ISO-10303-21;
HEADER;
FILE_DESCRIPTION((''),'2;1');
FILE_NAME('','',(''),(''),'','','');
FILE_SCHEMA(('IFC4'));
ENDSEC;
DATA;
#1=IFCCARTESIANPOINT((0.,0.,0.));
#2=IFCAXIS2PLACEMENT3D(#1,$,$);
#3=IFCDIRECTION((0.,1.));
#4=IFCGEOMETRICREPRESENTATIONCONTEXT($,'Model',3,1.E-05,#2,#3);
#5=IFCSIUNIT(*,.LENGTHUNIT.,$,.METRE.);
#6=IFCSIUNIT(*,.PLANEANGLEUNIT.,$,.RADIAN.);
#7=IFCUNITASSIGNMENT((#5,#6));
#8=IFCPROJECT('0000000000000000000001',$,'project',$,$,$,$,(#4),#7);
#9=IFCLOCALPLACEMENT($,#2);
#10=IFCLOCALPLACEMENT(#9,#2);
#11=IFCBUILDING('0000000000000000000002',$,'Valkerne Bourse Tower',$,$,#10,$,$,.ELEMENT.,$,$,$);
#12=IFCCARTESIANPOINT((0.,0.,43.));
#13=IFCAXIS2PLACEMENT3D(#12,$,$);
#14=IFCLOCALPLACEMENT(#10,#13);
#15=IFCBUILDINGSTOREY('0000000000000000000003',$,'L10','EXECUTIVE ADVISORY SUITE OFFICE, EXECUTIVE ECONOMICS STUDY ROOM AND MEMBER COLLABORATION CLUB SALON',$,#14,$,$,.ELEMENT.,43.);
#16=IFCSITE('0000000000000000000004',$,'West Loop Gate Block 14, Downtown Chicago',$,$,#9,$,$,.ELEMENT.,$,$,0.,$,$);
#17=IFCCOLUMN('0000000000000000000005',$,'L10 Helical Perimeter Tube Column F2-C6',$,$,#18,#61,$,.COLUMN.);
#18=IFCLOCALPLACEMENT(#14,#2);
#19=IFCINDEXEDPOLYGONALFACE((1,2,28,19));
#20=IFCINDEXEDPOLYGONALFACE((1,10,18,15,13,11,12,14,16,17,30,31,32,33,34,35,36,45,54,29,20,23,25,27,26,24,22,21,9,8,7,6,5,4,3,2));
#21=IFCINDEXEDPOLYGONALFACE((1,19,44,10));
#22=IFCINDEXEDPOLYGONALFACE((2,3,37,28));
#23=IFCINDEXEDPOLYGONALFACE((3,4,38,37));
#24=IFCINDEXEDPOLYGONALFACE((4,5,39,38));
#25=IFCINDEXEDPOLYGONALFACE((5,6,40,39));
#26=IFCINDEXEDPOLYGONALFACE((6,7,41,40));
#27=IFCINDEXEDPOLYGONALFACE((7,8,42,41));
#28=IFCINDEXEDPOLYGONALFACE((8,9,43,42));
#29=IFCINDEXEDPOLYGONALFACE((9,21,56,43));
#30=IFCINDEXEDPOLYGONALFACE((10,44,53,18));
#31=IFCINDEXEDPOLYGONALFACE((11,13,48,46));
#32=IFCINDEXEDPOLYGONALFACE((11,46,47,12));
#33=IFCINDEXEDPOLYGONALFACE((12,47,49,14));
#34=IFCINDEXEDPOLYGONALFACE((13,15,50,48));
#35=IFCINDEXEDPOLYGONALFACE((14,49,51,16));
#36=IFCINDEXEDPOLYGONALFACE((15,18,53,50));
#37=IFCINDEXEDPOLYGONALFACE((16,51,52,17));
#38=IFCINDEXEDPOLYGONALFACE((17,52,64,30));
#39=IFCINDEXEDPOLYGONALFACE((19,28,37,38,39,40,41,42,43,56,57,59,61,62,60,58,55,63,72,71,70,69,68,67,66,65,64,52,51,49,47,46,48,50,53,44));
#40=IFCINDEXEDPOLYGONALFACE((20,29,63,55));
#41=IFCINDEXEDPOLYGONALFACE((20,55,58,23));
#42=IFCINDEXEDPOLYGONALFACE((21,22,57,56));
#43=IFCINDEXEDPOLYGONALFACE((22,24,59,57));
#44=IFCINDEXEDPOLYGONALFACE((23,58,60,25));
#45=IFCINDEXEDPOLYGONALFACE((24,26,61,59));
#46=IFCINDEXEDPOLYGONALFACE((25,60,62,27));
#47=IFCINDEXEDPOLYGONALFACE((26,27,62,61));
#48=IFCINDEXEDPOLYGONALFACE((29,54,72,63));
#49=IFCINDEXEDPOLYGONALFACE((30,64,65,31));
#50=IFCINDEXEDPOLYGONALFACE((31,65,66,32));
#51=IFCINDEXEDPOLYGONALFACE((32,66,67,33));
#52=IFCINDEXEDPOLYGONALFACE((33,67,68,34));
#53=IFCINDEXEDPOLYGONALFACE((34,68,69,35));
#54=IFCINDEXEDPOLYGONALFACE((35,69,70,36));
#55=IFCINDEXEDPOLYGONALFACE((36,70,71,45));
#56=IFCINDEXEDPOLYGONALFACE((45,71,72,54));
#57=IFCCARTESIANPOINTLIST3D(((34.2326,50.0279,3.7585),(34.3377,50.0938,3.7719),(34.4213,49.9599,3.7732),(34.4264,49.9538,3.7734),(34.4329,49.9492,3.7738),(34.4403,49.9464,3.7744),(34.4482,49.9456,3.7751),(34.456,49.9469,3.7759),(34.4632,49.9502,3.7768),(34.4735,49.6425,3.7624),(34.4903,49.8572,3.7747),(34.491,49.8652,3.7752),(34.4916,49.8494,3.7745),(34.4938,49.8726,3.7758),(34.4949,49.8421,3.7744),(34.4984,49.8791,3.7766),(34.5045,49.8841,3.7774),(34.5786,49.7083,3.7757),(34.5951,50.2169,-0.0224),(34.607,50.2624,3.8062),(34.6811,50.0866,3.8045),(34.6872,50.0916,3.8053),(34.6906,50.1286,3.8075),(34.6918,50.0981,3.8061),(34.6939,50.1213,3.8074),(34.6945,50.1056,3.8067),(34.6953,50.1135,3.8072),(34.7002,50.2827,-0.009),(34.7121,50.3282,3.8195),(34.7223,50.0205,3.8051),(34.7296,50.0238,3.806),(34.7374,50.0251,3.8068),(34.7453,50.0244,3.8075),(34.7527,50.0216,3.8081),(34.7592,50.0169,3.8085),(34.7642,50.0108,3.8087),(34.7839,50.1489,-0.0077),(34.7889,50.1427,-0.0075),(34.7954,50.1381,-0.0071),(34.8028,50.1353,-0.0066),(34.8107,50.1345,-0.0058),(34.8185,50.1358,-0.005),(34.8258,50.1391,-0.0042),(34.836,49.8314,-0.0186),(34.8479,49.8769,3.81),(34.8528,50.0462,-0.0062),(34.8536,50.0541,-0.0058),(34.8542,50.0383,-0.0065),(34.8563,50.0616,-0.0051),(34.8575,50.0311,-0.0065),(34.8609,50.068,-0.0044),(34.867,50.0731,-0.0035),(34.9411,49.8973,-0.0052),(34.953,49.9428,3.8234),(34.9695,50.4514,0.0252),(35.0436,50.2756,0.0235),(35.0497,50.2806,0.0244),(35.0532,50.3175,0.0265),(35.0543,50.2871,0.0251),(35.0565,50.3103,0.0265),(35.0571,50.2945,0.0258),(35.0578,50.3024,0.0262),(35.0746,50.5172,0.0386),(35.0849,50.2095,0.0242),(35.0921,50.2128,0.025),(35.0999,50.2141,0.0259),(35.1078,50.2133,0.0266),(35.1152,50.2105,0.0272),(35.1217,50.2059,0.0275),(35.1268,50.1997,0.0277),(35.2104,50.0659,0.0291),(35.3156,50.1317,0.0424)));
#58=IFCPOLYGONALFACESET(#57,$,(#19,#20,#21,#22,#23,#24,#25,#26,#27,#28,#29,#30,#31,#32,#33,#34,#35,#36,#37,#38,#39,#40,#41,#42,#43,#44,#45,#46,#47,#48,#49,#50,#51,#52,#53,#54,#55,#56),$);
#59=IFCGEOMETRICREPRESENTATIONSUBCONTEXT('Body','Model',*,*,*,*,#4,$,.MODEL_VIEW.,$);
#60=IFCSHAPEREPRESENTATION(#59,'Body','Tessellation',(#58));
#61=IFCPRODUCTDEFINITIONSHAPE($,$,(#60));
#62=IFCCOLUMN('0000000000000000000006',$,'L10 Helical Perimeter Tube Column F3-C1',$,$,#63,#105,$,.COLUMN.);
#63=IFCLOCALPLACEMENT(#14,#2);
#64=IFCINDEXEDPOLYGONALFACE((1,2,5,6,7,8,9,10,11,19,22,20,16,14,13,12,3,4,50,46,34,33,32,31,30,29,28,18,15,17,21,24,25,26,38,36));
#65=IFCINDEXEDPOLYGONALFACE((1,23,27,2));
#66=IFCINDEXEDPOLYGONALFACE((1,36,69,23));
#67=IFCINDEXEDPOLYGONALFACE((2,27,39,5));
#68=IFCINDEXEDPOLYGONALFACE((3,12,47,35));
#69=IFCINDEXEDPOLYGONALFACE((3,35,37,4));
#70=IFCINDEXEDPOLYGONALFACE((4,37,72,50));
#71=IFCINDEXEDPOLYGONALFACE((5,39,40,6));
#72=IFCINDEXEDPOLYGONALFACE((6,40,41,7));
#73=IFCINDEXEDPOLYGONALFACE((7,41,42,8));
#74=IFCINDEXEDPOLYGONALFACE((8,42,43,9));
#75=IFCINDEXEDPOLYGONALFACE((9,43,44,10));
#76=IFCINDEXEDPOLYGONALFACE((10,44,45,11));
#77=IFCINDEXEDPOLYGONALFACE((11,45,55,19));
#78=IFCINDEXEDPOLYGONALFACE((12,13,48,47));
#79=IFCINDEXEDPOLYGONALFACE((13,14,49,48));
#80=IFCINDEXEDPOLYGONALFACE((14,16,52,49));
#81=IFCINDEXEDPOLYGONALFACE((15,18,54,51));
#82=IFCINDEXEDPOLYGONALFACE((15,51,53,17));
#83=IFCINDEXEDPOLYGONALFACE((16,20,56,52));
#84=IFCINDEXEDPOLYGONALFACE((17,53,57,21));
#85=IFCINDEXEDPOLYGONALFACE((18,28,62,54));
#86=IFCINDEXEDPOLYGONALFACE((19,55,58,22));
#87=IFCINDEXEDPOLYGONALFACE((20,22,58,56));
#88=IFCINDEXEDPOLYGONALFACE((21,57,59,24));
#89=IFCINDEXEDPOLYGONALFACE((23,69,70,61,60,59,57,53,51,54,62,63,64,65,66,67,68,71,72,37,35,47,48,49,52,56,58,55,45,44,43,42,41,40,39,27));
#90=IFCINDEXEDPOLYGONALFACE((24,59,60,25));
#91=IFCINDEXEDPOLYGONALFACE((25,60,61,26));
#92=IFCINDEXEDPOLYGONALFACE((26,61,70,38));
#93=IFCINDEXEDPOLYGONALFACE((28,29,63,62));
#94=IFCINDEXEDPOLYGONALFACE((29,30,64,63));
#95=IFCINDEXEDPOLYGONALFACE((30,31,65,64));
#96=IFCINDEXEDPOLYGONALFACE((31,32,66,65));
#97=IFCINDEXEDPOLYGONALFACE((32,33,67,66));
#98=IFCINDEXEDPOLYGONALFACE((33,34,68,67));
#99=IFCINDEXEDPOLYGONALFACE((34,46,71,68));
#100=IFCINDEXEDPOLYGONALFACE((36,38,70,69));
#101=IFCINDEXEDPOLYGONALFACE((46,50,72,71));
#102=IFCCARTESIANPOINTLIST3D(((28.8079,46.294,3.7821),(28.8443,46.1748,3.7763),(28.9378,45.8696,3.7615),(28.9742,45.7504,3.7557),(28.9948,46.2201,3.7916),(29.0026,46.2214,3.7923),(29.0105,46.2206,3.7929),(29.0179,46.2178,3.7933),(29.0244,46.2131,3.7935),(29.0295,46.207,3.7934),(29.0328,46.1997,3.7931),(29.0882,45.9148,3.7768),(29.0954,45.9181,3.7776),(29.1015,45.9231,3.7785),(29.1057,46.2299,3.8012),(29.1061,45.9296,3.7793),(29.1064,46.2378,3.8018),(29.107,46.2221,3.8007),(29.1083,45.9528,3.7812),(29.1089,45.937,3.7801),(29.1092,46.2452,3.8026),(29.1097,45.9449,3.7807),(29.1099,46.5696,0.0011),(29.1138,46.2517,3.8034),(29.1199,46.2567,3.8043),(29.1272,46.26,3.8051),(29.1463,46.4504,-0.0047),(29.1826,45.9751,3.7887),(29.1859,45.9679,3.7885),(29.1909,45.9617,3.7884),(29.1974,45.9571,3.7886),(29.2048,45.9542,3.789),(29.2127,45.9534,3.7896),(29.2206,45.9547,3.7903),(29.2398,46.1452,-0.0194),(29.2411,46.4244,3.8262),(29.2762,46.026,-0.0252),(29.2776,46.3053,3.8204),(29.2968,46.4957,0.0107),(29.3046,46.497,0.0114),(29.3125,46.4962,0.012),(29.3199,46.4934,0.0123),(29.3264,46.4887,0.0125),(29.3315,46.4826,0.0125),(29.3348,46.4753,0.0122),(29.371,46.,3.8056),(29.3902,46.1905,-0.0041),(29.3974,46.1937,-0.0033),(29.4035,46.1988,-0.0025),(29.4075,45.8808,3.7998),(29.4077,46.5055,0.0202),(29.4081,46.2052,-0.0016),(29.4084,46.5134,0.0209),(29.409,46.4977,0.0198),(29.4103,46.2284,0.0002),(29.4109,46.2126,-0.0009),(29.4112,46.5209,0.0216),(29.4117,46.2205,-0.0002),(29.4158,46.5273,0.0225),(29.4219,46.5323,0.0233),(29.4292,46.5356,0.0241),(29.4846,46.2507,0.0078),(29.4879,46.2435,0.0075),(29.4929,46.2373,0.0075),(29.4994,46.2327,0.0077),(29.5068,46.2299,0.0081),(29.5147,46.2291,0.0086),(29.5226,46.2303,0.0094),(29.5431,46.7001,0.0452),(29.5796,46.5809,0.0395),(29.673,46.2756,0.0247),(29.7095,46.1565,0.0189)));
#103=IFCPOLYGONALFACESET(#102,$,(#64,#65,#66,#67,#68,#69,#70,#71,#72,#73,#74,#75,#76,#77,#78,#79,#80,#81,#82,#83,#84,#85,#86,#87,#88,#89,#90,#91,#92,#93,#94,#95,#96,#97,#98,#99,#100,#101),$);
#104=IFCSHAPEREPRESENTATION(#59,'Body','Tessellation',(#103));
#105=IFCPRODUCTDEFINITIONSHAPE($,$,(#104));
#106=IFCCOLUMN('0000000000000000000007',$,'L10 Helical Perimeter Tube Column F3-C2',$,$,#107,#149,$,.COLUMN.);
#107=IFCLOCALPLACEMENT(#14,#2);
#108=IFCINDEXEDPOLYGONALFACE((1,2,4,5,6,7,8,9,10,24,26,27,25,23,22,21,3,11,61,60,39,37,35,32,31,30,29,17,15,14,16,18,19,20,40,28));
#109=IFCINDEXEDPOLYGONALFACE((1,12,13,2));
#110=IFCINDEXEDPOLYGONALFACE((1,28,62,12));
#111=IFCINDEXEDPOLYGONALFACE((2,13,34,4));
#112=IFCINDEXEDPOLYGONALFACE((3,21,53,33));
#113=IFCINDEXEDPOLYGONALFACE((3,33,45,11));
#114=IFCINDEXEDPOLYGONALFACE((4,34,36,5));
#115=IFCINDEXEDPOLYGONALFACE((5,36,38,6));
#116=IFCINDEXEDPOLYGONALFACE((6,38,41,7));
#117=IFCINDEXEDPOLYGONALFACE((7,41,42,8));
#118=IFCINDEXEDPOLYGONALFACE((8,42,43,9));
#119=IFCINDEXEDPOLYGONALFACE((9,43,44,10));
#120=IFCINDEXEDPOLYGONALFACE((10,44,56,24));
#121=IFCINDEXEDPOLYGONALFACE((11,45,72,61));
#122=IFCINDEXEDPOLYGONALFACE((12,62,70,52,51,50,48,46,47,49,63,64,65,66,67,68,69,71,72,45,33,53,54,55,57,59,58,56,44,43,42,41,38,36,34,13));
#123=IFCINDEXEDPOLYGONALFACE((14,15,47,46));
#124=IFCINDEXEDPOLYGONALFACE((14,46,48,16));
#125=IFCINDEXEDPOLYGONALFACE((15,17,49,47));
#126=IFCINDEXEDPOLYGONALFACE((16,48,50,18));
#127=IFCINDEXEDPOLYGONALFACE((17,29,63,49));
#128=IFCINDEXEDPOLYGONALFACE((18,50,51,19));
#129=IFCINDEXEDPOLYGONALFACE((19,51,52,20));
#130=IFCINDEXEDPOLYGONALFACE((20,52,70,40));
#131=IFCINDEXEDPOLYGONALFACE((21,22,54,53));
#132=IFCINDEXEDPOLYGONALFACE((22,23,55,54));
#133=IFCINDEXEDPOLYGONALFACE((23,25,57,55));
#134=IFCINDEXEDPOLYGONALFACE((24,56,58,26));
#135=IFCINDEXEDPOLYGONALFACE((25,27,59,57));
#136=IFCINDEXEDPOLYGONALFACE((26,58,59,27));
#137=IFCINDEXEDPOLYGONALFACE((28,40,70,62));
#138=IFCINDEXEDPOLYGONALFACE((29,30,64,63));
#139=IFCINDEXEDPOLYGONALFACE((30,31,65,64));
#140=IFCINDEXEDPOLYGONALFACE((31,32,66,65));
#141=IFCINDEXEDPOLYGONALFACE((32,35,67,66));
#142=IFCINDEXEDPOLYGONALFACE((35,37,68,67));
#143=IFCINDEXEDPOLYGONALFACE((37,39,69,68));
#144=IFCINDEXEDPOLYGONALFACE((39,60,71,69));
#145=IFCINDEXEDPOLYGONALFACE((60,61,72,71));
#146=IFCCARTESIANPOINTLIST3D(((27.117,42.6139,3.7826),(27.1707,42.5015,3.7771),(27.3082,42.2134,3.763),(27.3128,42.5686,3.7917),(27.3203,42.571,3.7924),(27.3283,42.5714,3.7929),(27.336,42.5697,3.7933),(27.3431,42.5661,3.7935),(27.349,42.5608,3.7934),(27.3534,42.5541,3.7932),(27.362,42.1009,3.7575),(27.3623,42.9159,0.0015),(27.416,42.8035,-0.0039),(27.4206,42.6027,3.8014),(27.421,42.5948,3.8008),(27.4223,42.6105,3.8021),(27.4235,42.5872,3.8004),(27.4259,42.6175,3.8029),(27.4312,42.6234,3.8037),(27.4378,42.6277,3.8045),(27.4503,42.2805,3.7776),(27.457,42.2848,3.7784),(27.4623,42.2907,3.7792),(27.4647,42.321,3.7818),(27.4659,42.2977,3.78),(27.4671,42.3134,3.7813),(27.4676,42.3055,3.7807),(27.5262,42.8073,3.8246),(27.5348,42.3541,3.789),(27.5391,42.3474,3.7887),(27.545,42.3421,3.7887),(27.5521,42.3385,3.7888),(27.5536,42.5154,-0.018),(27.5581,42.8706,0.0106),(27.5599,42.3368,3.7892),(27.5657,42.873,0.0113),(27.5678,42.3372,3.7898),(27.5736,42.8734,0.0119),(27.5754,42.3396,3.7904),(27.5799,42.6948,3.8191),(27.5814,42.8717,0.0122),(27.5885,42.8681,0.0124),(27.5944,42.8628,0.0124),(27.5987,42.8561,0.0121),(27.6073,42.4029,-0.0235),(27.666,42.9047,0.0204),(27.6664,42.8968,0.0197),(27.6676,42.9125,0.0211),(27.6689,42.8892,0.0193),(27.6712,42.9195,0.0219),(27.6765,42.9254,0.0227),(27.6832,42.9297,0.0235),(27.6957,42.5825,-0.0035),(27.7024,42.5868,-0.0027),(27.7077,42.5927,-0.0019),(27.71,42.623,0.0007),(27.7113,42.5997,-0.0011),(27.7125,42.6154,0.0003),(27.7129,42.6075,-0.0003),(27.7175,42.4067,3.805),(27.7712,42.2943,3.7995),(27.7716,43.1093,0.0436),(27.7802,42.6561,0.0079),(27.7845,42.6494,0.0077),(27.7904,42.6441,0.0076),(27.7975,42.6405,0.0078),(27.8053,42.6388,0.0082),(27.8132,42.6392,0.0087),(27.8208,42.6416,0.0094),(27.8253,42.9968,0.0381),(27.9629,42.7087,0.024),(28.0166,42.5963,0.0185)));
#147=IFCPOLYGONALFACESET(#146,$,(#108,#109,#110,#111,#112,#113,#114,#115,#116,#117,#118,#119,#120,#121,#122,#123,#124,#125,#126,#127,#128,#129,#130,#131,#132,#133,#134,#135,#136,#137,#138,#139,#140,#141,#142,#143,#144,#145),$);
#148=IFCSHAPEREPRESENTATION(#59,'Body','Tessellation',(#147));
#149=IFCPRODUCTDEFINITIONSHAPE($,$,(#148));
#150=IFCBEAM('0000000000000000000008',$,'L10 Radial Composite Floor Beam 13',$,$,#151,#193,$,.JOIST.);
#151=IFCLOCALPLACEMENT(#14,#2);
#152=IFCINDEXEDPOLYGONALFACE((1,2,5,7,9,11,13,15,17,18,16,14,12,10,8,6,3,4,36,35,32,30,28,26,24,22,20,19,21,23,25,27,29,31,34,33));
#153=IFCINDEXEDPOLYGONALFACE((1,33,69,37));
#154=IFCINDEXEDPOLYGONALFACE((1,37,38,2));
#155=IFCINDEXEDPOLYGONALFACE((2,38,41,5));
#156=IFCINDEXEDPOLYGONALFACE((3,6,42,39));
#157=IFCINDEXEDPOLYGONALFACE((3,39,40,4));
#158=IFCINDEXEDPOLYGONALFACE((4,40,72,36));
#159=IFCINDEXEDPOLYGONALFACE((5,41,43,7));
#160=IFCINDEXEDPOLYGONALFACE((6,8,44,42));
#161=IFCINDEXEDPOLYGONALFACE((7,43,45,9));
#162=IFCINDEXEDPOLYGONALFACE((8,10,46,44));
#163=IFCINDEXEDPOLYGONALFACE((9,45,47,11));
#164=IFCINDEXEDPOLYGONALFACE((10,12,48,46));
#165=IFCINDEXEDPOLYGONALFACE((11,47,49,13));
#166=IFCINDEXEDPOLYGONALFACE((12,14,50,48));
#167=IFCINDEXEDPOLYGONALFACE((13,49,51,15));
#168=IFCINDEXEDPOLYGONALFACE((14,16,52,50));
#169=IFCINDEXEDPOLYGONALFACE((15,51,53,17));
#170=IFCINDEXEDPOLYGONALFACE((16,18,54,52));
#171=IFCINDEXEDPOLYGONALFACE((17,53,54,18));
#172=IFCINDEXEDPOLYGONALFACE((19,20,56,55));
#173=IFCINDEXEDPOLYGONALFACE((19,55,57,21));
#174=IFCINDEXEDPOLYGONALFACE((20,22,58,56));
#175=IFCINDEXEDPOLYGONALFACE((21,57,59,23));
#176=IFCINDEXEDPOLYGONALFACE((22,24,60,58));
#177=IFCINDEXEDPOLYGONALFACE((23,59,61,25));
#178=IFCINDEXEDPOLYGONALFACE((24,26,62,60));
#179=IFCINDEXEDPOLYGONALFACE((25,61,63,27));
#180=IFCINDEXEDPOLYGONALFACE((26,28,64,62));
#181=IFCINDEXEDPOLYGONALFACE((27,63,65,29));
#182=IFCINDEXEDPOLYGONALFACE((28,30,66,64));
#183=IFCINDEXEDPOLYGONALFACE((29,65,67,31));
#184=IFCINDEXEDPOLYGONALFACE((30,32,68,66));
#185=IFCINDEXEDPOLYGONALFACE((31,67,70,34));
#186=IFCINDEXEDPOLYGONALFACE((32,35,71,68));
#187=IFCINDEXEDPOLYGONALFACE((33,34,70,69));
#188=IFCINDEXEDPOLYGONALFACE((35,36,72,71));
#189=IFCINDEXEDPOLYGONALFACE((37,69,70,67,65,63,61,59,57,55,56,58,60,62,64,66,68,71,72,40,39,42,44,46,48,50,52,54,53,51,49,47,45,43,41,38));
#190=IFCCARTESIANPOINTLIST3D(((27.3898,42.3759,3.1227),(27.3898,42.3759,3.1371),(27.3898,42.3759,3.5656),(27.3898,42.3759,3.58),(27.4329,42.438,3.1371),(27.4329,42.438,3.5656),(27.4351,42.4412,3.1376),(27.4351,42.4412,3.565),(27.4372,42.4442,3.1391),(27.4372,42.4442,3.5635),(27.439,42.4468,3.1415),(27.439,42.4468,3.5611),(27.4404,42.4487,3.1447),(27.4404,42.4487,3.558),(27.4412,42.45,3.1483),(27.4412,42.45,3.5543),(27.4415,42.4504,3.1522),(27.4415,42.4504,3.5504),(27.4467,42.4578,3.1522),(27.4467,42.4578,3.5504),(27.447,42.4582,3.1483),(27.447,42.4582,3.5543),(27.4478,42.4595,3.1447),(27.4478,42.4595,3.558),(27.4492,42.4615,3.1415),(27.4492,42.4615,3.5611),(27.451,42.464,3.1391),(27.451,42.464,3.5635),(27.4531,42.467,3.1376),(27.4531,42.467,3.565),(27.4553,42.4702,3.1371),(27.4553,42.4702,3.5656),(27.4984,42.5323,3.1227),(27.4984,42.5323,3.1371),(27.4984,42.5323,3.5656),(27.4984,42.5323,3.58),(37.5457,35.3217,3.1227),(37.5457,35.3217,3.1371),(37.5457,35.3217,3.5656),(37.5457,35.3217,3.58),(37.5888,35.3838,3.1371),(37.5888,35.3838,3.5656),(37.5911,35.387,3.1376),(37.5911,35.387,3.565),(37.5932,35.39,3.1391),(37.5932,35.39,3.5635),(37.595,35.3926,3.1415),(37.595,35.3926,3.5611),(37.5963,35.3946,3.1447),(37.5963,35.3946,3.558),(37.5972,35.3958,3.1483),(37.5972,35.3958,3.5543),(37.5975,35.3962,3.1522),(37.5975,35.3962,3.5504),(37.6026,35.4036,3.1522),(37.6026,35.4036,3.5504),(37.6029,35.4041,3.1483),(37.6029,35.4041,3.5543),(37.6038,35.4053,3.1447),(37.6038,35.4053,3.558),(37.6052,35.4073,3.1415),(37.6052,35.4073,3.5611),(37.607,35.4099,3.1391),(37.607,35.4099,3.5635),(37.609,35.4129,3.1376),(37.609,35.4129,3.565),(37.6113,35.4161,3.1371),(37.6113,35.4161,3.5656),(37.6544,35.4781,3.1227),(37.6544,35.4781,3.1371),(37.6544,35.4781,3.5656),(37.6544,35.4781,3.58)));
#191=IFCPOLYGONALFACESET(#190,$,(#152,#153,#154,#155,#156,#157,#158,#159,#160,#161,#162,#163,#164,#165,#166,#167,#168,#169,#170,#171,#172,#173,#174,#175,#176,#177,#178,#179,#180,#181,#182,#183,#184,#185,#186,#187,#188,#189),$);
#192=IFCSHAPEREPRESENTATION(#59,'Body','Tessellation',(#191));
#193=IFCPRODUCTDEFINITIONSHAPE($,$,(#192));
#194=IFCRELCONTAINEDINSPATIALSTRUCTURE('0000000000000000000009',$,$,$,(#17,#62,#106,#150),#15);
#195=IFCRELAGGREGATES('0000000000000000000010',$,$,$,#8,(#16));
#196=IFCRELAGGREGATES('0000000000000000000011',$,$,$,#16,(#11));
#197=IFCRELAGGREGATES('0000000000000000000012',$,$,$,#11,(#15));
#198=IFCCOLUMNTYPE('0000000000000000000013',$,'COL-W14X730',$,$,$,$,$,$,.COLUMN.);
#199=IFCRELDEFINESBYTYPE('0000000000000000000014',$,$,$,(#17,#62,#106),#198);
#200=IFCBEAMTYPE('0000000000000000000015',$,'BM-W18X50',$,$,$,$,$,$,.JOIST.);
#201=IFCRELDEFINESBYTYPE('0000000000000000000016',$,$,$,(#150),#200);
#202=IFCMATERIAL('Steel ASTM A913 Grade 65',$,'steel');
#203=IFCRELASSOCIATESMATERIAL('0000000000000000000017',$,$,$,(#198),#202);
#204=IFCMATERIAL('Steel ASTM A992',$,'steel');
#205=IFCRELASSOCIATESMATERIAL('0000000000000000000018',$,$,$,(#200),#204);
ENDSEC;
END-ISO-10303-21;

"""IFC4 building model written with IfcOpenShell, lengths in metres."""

from ifc_helpers import new_model, si_unit, direction, frame, origin, origin_2d, place, context, subcontext, project, spatial, i_section, extrude, material, material_profile, profile_set, type_object, element, save


model = new_model("IFC4")

# Units and contexts
model_context = context("Model", 3, precision=1e-05, world=origin(), true_north=direction((0.0, 1.0)))
body_context = subcontext(model_context, "Body", "Model", "MODEL_VIEW")
ifc_project = project(units=[si_unit("LENGTHUNIT", "METRE"), si_unit("PLANEANGLEUNIT", "RADIAN")], contexts=[model_context])

# Site, building, storey
site_placement = place(None, origin())
site = spatial("IfcSite", under=ifc_project, at=site_placement, Name="West Loop Gate Block 14, Downtown Chicago", CompositionType="ELEMENT", RefElevation=0.0)
building_placement = place(site_placement, origin())
building = spatial("IfcBuilding", under=site, at=building_placement, Name="Valkerne Bourse Tower", CompositionType="ELEMENT")
storey_placement = place(building_placement, frame((0.0, 0.0, 43.0)))
storey = spatial("IfcBuildingStorey", under=building, at=storey_placement, Name="L10", Description="EXECUTIVE ADVISORY SUITE OFFICE, EXECUTIVE ECONOMICS STUDY ROOM AND MEMBER COLLABORATION CLUB SALON", CompositionType="ELEMENT", Elevation=43.0)

# Columns
ifc_material_1 = material(Name="Steel ASTM A913 Grade 65", Category="steel")
ifc_material_profile_1 = material_profile(ifc_material_1, i_section(OverallWidth=0.4546, OverallDepth=0.5691, WebThickness=0.0779, FlangeThickness=0.1248, FilletRadius=0.0305, at=origin_2d()), Name="W14X730")
ifc_profile_set_1 = profile_set([ifc_material_profile_1], Name="Steel ASTM A913 Grade 65")
column_type = type_object("IfcColumnType", Name="COL-W14X730", PredefinedType="COLUMN", material=ifc_profile_set_1)
for number, where, z_axis, x_axis, name in (
    (1, (34.9553, 50.1743, 0.01), (-0.095331, -0.049688, 0.994205), (-0.529946, 0.847989, -0.008435), "L10 Helical Perimeter Tube Column F2-C6"),
    (2, (29.4097, 46.363, 0.01), (-0.07941, -0.072477, 0.994204), (-0.953018, -0.286949, -0.097039), "L10 Helical Perimeter Tube Column F3-C1"),
):
    element("IfcColumn", number, at=place(storey_placement, frame(where, z_axis=z_axis, x_axis=x_axis)), inside=storey, type_object=column_type, Name=name, PredefinedType="COLUMN", context=body_context, shape_type="SweptSolid", body=[
        extrude(i_section(OverallWidth=0.4546, OverallDepth=0.5691, WebThickness=0.0779, FlangeThickness=0.1248, FilletRadius=0.0305, at=origin_2d()), origin(), (0.0, 0.0, 1.0), 3.803),
    ])
column_placement = place(storey_placement, frame((27.6895, 42.7561, 0.01), z_axis=(-0.064552, -0.079454, 0.994746), x_axis=(-0.900286, -0.425379, -0.092399)))
element("IfcColumn", 3, at=column_placement, inside=storey, type_object=column_type, Name="L10 Helical Perimeter Tube Column F3-C2", PredefinedType="COLUMN", context=body_context, shape_type="SweptSolid", body=[
    extrude(i_section(OverallWidth=0.4546, OverallDepth=0.5691, WebThickness=0.0779, FlangeThickness=0.1248, FilletRadius=0.0305, at=origin_2d()), origin(), (0.0, 0.0, 1.0), 3.801),
])

# Beam
ifc_material_2 = material(Name="Steel ASTM A992", Category="steel")
ifc_material_profile_2 = material_profile(ifc_material_2, i_section(OverallWidth=0.1904, OverallDepth=0.4573, WebThickness=0.009, FlangeThickness=0.0144, FilletRadius=0.0151, at=origin_2d()), Name="W18X50")
ifc_profile_set_2 = profile_set([ifc_material_profile_2], Name="Steel ASTM A992")
beam_type_1 = type_object("IfcBeamType", Name="BM-W18X50", PredefinedType="JOIST", material=ifc_profile_set_2)
beam_1_placement = place(storey_placement, frame((27.4441, 42.4541, 3.3513), z_axis=(0.821316, -0.570473, 0.0), x_axis=(0.570473, 0.821316, 0.0)))
element("IfcBeam", 4, at=beam_1_placement, inside=storey, type_object=beam_type_1, Name="L10 Radial Composite Floor Beam 13", PredefinedType="JOIST", context=body_context, shape_type="SweptSolid", body=[
    extrude(i_section(OverallWidth=0.1904, OverallDepth=0.4573, WebThickness=0.009, FlangeThickness=0.0144, FilletRadius=0.0151, at=origin_2d()), origin(), (0.0, 0.0, 1.0), 12.3655),
])

save(model, "model.ifc")
